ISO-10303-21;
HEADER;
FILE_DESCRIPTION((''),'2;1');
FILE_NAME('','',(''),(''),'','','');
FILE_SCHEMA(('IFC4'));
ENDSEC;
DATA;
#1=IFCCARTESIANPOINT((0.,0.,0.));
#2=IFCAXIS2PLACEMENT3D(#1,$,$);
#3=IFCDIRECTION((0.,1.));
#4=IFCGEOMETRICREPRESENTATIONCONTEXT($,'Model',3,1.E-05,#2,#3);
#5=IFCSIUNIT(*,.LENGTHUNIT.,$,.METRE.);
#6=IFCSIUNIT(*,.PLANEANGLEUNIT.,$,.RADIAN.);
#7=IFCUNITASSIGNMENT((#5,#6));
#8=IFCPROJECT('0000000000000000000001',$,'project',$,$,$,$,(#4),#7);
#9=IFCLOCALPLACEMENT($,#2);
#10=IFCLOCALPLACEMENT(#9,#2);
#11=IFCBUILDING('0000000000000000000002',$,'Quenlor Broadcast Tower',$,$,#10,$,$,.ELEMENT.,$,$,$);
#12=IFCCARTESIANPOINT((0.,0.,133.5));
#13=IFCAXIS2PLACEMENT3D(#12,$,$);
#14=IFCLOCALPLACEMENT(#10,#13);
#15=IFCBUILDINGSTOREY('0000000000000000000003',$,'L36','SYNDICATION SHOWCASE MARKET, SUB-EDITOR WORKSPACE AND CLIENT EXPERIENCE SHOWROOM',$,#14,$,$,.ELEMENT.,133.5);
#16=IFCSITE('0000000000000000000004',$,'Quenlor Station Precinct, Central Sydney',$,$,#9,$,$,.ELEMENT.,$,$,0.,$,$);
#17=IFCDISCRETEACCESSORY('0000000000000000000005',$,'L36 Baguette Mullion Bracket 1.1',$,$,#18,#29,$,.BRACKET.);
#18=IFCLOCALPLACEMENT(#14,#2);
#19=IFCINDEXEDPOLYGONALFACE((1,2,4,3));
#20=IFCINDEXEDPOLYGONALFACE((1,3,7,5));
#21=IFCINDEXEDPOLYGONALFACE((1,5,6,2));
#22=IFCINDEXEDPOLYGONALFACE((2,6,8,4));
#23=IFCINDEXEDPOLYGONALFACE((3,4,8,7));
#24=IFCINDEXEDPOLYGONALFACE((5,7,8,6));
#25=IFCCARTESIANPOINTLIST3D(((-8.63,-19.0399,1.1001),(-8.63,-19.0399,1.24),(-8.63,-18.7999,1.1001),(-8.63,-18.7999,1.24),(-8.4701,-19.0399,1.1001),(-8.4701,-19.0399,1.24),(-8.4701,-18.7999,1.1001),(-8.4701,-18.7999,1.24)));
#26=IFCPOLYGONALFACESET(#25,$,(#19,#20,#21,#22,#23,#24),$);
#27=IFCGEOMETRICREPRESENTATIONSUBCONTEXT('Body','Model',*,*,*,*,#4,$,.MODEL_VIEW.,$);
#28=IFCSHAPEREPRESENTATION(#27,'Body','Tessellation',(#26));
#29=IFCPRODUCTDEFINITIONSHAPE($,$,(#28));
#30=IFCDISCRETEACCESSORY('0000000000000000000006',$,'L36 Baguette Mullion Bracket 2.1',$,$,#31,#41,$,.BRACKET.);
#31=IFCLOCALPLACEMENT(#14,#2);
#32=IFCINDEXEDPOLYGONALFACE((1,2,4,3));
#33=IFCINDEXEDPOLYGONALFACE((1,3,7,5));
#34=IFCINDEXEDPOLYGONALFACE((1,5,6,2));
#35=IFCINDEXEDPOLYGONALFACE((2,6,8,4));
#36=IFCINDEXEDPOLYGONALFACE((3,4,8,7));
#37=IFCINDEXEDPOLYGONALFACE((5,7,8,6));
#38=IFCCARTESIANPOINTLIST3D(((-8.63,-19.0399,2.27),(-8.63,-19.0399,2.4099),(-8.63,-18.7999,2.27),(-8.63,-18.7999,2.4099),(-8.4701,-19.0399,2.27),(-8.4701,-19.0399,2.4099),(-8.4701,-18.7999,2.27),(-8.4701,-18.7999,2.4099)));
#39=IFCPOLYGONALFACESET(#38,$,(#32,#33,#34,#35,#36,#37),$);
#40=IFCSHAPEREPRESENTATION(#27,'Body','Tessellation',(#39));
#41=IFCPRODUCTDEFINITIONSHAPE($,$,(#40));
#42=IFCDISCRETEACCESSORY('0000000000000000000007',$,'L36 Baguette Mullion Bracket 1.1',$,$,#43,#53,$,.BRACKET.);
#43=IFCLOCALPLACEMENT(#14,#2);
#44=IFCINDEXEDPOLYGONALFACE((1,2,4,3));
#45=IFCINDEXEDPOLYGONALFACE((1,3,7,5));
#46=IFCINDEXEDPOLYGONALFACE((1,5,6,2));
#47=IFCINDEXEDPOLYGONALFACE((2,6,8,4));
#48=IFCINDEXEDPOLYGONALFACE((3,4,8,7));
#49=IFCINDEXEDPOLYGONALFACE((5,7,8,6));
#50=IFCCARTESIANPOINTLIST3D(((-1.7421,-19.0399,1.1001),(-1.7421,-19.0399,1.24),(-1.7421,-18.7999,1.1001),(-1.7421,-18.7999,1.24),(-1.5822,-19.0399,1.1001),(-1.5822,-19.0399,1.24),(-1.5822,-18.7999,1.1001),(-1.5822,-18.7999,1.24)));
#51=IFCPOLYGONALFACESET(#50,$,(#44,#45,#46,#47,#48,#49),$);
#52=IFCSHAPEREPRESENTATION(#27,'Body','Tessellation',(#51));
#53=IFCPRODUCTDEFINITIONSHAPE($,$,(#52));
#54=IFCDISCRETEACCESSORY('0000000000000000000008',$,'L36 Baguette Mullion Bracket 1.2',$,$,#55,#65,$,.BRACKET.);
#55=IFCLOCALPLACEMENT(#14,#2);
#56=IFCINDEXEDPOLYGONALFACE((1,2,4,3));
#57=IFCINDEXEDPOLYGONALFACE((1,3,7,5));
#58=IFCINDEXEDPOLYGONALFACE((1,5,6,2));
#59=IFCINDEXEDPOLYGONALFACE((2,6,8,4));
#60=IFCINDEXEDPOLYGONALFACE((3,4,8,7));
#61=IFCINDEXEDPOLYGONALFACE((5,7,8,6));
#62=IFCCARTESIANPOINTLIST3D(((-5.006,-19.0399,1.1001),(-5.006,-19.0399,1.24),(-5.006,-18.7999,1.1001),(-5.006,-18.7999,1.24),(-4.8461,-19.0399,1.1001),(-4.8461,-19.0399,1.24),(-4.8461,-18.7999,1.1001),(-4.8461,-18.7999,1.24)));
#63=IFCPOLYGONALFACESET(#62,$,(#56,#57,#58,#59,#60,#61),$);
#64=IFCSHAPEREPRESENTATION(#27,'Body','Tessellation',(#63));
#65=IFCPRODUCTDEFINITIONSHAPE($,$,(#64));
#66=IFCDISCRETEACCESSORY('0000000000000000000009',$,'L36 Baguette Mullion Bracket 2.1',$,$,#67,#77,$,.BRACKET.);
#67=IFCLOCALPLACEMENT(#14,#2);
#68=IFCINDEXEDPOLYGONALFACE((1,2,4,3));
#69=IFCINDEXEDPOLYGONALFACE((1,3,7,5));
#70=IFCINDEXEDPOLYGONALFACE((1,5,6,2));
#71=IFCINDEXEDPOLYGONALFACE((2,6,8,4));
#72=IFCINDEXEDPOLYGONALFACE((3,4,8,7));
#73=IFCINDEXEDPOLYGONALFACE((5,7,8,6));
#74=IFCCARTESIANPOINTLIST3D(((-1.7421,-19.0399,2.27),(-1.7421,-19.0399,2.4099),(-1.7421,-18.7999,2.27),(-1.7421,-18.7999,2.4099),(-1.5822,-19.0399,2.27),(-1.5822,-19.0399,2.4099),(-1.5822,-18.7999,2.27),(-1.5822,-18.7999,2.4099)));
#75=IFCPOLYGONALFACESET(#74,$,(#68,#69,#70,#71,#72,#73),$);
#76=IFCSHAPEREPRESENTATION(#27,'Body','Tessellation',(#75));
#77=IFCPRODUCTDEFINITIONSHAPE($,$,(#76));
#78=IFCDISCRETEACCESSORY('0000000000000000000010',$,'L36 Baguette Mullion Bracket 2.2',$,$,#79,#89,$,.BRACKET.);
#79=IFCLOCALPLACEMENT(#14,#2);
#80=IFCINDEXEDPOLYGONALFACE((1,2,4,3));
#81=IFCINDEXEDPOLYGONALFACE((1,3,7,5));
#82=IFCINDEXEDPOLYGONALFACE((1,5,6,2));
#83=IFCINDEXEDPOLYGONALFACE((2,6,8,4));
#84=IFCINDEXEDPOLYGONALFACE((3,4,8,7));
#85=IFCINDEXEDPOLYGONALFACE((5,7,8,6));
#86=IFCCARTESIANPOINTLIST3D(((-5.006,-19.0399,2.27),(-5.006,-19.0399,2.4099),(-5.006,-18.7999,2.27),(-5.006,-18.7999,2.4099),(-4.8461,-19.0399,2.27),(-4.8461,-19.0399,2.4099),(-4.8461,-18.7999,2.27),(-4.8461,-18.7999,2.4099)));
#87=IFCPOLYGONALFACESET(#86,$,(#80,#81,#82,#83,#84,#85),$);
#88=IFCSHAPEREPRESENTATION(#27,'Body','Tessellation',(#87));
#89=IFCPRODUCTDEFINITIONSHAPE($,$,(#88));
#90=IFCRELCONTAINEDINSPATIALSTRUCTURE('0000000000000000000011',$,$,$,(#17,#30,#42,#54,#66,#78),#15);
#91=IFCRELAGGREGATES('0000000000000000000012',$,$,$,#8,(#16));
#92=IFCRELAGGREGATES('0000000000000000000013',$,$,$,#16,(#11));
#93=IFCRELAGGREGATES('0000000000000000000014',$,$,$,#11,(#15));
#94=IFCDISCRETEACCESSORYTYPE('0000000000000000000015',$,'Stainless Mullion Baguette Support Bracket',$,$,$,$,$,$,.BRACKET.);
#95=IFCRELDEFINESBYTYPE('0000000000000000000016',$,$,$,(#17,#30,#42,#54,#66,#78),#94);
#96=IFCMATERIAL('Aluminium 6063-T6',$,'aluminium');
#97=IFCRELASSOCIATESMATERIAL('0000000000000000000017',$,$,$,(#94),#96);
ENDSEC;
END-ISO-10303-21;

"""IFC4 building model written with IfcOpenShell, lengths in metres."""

from ifc_helpers import new_model, si_unit, direction, frame, origin, origin_2d, place, context, subcontext, project, spatial, rectangle, extrude, material, type_object, element, save


model = new_model("IFC4")

# Units and contexts
model_context = context("Model", 3, precision=1e-05, world=origin(), true_north=direction((0.0, 1.0)))
body_context = subcontext(model_context, "Body", "Model", "MODEL_VIEW")
ifc_project = project(units=[si_unit("LENGTHUNIT", "METRE"), si_unit("PLANEANGLEUNIT", "RADIAN")], contexts=[model_context])

# Site, building, storey
site_placement = place(None, origin())
site = spatial("IfcSite", under=ifc_project, at=site_placement, Name="Quenlor Station Precinct, Central Sydney", CompositionType="ELEMENT", RefElevation=0.0)
building_placement = place(site_placement, origin())
building = spatial("IfcBuilding", under=site, at=building_placement, Name="Quenlor Broadcast Tower", CompositionType="ELEMENT")
storey_placement = place(building_placement, frame((0.0, 0.0, 133.5)))
storey = spatial("IfcBuildingStorey", under=building, at=storey_placement, Name="L36", Description="SYNDICATION SHOWCASE MARKET, SUB-EDITOR WORKSPACE AND CLIENT EXPERIENCE SHOWROOM", CompositionType="ELEMENT", Elevation=133.5)

# Discrete accessories
ifc_material_1 = material(Name="Aluminium 6063-T6", Category="aluminium")
discrete_accessory_type = type_object("IfcDiscreteAccessoryType", Name="Stainless Mullion Baguette Support Bracket", PredefinedType="BRACKET", material=ifc_material_1)
for number, where, z_axis, x_axis, name in (
    (1, (-8.55, -18.9199, 1.1001), (0.0, 0.0, 1.0), (-1.0, 0.0, 0.0), "L36 Baguette Mullion Bracket 1.1"),
    (2, (-8.55, -18.9199, 2.27), (0.0, 0.0, 1.0), (-1.0, 0.0, 0.0), "L36 Baguette Mullion Bracket 2.1"),
    (3, (-1.6621, -18.9199, 1.1001), (0.0, 0.0, 1.0), (-1.0, 0.0, 0.0), "L36 Baguette Mullion Bracket 1.1"),
    (4, (-4.926, -18.9199, 1.1001), (0.0, 0.0, 1.0), (-1.0, 0.0, 0.0), "L36 Baguette Mullion Bracket 1.2"),
    (5, (-1.6621, -18.9199, 2.27), (0.0, 0.0, 1.0), (-1.0, 0.0, 0.0), "L36 Baguette Mullion Bracket 2.1"),
    (6, (-4.926, -18.9199, 2.27), (0.0, 0.0, 1.0), (-1.0, 0.0, 0.0), "L36 Baguette Mullion Bracket 2.2"),
):
    element("IfcDiscreteAccessory", number, at=place(storey_placement, frame(where, z_axis=z_axis, x_axis=x_axis)), inside=storey, type_object=discrete_accessory_type, Name=name, PredefinedType="BRACKET", context=body_context, shape_type="SweptSolid", body=[
        extrude(rectangle(XDim=0.1599, YDim=0.24, at=origin_2d()), origin(), (0.0, 0.0, 1.0), 0.1399),
    ])

save(model, "model.ifc")
